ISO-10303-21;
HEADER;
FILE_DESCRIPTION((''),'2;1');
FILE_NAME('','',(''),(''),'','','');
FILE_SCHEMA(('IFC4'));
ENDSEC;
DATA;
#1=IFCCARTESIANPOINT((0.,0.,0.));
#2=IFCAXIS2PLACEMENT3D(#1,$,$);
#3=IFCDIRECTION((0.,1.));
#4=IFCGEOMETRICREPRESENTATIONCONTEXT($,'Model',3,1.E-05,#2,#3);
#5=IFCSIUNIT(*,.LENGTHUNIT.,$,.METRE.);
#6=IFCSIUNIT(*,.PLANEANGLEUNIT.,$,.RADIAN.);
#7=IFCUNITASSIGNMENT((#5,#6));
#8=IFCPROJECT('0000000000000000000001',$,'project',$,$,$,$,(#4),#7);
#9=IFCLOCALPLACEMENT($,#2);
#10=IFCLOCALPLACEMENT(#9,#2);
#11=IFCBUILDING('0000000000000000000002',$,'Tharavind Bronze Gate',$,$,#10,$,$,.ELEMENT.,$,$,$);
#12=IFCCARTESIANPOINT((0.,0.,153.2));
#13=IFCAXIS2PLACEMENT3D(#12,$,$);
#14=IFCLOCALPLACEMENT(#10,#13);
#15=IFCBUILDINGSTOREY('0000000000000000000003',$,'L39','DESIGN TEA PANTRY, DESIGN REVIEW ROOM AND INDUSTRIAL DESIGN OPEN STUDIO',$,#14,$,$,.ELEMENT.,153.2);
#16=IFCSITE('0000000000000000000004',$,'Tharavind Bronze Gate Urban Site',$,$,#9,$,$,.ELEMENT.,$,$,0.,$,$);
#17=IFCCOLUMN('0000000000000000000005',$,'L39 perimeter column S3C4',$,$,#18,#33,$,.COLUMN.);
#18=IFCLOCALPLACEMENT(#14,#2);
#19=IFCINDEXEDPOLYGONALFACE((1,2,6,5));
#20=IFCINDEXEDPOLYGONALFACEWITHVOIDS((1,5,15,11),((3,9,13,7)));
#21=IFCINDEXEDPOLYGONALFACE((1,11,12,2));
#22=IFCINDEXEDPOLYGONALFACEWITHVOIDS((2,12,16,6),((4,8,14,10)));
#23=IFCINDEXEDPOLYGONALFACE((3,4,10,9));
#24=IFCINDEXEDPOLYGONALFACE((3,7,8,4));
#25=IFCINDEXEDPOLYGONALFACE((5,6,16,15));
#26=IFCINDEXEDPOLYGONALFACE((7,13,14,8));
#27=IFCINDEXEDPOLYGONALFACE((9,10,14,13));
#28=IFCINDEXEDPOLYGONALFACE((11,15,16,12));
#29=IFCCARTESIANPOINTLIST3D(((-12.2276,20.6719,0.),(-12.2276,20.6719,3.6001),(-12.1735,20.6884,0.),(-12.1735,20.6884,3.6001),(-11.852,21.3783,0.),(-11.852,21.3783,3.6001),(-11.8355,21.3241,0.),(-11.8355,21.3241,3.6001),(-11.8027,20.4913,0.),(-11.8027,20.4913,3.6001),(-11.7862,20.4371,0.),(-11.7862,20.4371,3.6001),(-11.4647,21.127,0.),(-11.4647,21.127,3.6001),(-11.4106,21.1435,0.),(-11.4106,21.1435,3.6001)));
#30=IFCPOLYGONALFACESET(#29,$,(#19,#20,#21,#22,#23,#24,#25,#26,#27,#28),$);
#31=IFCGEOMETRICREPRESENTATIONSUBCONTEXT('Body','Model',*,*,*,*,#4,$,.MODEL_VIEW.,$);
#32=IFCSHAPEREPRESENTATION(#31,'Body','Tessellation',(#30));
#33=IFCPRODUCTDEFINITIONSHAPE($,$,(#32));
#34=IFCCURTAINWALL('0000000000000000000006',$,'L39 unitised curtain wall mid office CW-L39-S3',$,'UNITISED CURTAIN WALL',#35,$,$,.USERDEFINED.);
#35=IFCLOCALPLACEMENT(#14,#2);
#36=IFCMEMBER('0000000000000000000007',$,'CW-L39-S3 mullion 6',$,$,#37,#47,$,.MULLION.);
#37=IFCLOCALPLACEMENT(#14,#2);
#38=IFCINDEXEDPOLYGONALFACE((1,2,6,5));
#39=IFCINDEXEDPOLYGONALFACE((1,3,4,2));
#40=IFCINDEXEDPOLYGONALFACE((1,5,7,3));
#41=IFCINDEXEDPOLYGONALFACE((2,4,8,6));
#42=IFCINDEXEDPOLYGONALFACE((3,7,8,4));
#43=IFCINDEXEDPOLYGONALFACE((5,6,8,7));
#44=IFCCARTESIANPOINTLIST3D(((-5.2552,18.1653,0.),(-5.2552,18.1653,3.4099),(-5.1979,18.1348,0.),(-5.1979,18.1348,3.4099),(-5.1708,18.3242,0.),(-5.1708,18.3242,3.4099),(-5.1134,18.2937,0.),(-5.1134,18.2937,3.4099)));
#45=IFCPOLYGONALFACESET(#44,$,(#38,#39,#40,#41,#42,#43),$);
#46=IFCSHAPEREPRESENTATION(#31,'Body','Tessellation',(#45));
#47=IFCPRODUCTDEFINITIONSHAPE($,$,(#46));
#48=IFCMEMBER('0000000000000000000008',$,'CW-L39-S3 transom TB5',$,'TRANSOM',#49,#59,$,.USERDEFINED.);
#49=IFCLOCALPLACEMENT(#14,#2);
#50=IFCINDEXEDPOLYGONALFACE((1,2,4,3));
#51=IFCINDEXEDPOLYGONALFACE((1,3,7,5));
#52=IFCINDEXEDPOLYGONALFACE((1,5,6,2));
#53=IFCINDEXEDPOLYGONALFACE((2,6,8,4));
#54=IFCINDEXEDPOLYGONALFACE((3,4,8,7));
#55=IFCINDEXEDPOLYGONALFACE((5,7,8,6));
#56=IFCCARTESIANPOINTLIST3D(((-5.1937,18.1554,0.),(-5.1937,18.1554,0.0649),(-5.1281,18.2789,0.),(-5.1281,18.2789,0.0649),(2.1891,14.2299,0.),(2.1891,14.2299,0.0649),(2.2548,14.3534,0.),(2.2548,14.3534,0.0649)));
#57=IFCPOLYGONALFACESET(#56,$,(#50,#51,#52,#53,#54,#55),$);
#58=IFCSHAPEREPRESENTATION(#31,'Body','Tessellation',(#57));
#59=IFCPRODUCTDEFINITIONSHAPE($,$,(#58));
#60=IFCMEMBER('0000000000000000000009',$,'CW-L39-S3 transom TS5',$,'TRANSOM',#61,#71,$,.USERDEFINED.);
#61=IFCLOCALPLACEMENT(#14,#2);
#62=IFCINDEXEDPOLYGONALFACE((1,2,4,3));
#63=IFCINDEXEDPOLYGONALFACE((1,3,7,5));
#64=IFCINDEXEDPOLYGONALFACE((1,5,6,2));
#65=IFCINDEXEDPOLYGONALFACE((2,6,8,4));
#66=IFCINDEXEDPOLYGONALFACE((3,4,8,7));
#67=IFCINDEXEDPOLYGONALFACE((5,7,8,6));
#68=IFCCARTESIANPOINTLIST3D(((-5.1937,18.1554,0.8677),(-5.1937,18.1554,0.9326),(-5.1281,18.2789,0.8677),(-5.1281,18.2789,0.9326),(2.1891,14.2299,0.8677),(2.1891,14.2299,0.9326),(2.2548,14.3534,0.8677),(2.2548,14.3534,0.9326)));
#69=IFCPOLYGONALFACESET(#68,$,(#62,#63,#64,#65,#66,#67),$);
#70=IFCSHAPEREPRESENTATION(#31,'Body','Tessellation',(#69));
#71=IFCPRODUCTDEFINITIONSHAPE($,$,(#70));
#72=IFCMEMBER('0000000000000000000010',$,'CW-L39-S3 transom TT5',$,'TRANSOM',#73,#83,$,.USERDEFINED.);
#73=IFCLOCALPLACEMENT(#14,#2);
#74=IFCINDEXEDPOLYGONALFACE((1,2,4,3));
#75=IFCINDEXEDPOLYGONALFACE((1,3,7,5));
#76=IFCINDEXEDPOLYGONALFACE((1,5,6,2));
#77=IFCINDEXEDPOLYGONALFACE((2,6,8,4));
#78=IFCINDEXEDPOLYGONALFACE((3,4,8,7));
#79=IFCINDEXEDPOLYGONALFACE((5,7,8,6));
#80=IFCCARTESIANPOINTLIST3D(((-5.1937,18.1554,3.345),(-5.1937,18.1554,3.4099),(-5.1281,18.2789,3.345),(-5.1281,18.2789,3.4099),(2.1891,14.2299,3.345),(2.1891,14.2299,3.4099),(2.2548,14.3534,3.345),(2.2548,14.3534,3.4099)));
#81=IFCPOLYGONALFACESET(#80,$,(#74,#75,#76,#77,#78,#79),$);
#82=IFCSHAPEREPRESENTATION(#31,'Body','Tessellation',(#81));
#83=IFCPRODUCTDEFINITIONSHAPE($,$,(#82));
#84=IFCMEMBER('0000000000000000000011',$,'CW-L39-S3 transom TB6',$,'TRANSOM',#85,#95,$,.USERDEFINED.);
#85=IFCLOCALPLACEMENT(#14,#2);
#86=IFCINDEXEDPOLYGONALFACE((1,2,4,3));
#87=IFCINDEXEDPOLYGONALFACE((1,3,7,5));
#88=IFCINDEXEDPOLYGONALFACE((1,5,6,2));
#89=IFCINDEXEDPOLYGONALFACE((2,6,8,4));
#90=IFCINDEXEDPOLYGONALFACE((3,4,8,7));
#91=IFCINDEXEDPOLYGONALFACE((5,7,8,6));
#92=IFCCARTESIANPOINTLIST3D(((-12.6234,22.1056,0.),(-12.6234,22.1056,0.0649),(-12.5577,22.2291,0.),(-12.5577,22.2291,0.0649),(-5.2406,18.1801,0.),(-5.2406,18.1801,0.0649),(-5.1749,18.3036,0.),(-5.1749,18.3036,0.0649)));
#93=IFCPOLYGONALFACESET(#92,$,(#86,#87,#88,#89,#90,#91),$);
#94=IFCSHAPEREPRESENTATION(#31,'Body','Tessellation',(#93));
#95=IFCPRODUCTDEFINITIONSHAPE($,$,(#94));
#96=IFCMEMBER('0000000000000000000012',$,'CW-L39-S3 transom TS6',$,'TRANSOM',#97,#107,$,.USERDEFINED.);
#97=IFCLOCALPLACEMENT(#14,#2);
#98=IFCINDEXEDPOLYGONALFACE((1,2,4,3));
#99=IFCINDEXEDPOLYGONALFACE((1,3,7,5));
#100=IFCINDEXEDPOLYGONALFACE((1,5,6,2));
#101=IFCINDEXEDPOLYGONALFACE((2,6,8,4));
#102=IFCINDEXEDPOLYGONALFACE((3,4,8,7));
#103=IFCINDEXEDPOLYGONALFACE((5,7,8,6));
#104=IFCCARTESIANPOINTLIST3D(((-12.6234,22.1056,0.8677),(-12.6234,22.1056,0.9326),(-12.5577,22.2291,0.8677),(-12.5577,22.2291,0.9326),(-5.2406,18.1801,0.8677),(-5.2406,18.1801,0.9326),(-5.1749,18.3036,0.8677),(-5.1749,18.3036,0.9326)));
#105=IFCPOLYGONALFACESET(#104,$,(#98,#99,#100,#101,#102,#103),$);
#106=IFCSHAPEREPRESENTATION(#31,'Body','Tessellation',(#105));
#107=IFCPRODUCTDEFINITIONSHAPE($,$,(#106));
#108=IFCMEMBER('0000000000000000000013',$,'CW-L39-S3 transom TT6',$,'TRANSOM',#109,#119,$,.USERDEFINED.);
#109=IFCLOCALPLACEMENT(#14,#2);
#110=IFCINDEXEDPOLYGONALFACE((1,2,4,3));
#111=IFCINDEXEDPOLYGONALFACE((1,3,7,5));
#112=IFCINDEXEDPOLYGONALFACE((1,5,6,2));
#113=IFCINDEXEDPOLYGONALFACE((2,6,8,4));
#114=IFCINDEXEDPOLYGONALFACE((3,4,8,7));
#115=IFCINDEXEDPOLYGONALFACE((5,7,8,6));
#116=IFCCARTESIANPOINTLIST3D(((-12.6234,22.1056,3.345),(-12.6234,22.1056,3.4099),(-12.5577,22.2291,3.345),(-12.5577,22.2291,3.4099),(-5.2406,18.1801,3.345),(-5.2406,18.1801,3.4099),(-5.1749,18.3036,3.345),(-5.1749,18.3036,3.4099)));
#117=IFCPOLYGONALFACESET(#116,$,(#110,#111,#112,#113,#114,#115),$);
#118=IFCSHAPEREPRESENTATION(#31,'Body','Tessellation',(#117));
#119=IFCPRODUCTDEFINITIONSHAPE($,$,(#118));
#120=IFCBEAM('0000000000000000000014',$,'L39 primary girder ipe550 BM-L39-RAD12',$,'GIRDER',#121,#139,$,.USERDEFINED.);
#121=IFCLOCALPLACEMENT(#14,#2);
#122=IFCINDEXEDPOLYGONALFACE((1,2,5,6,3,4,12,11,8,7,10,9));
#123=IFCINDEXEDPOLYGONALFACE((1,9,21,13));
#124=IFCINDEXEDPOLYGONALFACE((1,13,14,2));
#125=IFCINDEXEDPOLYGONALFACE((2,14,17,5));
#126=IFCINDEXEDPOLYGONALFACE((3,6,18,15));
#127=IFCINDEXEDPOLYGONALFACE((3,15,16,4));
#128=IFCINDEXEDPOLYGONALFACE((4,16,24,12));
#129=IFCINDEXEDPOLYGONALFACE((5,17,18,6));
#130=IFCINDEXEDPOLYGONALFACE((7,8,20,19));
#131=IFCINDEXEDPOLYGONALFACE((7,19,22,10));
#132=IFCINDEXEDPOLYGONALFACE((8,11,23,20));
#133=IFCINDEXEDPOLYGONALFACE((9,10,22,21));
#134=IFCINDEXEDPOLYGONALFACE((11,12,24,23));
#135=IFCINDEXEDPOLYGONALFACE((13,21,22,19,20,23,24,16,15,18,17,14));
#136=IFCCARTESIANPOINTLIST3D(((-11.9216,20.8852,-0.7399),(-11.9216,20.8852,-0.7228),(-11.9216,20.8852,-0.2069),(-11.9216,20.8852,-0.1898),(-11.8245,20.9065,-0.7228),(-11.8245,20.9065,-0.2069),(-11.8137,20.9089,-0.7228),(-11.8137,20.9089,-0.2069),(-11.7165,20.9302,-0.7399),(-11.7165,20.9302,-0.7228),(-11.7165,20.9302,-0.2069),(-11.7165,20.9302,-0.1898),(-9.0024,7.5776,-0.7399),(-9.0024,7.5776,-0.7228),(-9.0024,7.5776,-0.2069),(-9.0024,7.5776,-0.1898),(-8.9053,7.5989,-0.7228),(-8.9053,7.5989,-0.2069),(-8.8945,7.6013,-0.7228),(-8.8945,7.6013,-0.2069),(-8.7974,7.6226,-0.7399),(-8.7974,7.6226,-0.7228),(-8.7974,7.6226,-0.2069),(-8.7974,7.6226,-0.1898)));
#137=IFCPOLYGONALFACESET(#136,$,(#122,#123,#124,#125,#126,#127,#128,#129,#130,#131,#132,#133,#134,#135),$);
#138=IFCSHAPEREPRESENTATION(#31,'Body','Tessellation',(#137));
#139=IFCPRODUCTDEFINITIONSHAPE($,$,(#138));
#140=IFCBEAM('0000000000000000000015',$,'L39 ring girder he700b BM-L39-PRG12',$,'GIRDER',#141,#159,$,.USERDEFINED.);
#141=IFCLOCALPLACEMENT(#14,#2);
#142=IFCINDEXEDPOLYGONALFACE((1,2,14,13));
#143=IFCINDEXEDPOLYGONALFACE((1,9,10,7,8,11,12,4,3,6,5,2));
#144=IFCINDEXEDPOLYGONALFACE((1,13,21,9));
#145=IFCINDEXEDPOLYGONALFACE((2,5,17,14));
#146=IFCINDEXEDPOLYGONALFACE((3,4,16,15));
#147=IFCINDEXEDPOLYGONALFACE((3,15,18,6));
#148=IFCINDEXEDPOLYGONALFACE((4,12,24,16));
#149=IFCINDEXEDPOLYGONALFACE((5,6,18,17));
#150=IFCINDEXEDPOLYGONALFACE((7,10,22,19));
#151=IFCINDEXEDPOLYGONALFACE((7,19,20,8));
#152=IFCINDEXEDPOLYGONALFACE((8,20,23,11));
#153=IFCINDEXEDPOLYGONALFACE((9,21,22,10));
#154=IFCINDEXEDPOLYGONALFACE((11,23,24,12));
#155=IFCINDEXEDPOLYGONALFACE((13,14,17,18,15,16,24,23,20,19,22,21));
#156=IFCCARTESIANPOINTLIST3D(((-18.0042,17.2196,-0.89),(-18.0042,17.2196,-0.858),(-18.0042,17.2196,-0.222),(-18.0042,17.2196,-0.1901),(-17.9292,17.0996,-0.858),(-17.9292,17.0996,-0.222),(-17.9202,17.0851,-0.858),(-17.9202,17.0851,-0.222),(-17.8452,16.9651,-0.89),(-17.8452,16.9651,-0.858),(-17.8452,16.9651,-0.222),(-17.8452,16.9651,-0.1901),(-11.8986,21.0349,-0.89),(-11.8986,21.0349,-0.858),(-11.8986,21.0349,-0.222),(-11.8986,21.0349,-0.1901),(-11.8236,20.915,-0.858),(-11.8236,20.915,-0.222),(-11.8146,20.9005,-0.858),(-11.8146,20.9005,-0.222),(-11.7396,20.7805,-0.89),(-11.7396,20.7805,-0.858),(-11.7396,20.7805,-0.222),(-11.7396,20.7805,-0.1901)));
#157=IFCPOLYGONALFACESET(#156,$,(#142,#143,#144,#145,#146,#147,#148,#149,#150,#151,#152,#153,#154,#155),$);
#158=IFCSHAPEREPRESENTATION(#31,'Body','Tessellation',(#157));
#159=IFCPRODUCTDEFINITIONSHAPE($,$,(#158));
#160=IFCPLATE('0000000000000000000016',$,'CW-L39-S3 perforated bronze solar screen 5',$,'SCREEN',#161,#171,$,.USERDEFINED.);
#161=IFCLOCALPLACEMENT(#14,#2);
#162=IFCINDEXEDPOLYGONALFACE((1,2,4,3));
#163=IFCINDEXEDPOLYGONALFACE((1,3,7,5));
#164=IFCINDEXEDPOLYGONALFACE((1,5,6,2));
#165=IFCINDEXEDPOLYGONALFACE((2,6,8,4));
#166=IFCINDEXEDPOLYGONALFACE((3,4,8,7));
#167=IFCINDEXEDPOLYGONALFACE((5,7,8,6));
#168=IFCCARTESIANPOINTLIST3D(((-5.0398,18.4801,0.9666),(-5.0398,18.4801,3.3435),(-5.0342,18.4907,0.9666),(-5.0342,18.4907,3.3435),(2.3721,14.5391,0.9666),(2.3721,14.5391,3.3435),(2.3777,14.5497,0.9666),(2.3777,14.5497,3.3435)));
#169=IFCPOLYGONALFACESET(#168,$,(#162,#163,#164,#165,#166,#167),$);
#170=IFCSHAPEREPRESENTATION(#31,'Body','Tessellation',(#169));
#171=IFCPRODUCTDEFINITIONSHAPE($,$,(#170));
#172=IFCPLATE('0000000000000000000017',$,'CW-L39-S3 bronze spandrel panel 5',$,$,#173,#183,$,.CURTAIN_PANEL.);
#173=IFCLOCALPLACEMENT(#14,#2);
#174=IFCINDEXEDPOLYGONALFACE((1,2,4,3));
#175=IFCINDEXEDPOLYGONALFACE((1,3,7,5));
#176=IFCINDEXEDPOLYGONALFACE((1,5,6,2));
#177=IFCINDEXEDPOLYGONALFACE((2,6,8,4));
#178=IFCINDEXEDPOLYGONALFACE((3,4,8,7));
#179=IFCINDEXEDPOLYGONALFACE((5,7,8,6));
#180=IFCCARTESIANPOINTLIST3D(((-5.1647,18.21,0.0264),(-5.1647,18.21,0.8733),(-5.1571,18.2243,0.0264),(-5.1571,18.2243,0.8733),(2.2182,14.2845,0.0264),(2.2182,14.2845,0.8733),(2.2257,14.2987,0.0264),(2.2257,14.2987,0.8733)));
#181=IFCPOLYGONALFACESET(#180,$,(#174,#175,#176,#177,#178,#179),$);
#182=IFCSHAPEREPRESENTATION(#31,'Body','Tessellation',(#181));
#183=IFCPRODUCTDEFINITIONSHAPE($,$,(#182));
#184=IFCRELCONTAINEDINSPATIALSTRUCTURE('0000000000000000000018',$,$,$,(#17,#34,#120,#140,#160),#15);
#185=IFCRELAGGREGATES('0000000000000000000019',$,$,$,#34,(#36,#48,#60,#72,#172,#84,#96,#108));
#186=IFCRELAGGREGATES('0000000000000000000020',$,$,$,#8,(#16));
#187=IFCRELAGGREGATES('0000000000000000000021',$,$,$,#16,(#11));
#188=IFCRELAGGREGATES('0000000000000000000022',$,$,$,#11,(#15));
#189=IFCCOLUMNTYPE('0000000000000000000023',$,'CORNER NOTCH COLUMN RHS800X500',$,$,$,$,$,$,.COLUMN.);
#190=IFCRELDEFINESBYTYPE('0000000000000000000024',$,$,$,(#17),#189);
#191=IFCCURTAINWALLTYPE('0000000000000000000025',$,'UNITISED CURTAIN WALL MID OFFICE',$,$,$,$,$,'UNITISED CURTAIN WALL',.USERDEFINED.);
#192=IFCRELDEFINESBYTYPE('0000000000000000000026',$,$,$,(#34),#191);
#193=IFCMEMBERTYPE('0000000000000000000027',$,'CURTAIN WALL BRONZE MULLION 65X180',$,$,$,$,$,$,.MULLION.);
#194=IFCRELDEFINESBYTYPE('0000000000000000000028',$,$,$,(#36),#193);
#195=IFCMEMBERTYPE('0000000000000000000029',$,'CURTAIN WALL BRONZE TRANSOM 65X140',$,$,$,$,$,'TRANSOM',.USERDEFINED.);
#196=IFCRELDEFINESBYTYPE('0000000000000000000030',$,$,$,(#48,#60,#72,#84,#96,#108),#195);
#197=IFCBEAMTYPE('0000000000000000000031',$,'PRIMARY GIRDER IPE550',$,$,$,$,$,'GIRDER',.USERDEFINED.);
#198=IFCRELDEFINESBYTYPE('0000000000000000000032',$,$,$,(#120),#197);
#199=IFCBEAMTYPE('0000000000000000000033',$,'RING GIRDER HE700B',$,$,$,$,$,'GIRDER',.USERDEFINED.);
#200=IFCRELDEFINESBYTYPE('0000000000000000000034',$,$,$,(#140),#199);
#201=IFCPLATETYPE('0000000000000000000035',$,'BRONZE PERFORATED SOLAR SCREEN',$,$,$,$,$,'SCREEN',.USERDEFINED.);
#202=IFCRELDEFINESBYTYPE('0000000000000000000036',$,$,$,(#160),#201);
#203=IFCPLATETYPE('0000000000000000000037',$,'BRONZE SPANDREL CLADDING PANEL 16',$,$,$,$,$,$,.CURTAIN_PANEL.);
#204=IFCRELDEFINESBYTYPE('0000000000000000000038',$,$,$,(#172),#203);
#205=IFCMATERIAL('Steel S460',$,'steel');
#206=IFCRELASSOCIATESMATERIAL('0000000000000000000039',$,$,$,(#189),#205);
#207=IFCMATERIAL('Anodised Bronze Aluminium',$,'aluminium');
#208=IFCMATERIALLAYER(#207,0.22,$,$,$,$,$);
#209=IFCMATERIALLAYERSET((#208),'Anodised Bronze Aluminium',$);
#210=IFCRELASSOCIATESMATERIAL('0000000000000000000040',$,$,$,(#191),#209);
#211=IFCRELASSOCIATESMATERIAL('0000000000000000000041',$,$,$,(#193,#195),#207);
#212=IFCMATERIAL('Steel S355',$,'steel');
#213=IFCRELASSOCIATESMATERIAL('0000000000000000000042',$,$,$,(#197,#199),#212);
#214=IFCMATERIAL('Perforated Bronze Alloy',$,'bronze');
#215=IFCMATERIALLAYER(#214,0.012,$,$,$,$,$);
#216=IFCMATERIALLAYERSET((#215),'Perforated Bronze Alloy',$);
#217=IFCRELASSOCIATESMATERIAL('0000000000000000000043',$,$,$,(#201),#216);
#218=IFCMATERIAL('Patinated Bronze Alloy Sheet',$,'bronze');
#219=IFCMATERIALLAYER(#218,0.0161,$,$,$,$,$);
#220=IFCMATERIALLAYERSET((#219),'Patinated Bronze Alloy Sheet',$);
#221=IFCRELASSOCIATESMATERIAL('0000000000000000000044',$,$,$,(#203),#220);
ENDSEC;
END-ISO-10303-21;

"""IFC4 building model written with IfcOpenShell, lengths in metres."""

from ifc_helpers import new_model, si_unit, direction, frame, origin, origin_2d, place, context, subcontext, project, spatial, rectangle, hollow_rectangle, i_section, extrude, material, layer, layer_set, material_profile, profile_set, type_object, element, aggregate, save


model = new_model("IFC4")

# Units and contexts
model_context = context("Model", 3, precision=1e-05, world=origin(), true_north=direction((0.0, 1.0)))
body_context = subcontext(model_context, "Body", "Model", "MODEL_VIEW")
ifc_project = project(units=[si_unit("LENGTHUNIT", "METRE"), si_unit("PLANEANGLEUNIT", "RADIAN")], contexts=[model_context])

# Site, building, storey
site_placement = place(None, origin())
site = spatial("IfcSite", under=ifc_project, at=site_placement, Name="Tharavind Bronze Gate Urban Site", CompositionType="ELEMENT", RefElevation=0.0)
building_placement = place(site_placement, origin())
building = spatial("IfcBuilding", under=site, at=building_placement, Name="Tharavind Bronze Gate", CompositionType="ELEMENT")
storey_placement = place(building_placement, frame((0.0, 0.0, 153.2)))
storey = spatial("IfcBuildingStorey", under=building, at=storey_placement, Name="L39", Description="DESIGN TEA PANTRY, DESIGN REVIEW ROOM AND INDUSTRIAL DESIGN OPEN STUDIO", CompositionType="ELEMENT", Elevation=153.2)

# Column
ifc_material_1 = material(Name="Steel S460", Category="steel")
ifc_material_profile_1 = material_profile(ifc_material_1, hollow_rectangle(XDim=0.5, YDim=0.8, WallThickness=0.04, at=origin_2d()), Name="RHS800X500X40")
ifc_profile_set_1 = profile_set([ifc_material_profile_1], Name="Steel S460")
column_type = type_object("IfcColumnType", Name="CORNER NOTCH COLUMN RHS800X500", PredefinedType="COLUMN", material=ifc_profile_set_1)
column_placement = place(storey_placement, frame((-11.8191, 20.9077, 0.0), z_axis=(0.0, 0.0, 1.0), x_axis=(-0.882948, 0.46947, 0.0)))
element("IfcColumn", 1, at=column_placement, inside=storey, type_object=column_type, Name="L39 perimeter column S3C4", PredefinedType="COLUMN", context=body_context, shape_type="SweptSolid", body=[
    extrude(hollow_rectangle(XDim=0.5, YDim=0.8, WallThickness=0.04, at=origin_2d()), origin(), (0.0, 0.0, 1.0), 3.6001),
])

# Curtain wall, members
ifc_material_2 = material(Name="Anodised Bronze Aluminium", Category="aluminium")
ifc_layer_1 = layer(ifc_material_2, 0.22)
ifc_layer_set_1 = layer_set([ifc_layer_1], Name="Anodised Bronze Aluminium")
curtain_wall_type = type_object("IfcCurtainWallType", Name="UNITISED CURTAIN WALL MID OFFICE", ElementType="UNITISED CURTAIN WALL", PredefinedType="USERDEFINED", material=ifc_layer_set_1)
curtain_wall_placement = place(storey_placement, origin())
curtain_wall = element("IfcCurtainWall", 2, at=curtain_wall_placement, inside=storey, type_object=curtain_wall_type, Name="L39 unitised curtain wall mid office CW-L39-S3", ObjectType="UNITISED CURTAIN WALL", PredefinedType="USERDEFINED")
member_type_1 = type_object("IfcMemberType", Name="CURTAIN WALL BRONZE MULLION 65X180", PredefinedType="MULLION", material=ifc_material_2)
member_1_placement = place(storey_placement, frame((-5.1843, 18.2295, 0.0), z_axis=(0.0, 0.0, 1.0), x_axis=(-0.882948, 0.469472, 0.0)))
member_1 = element("IfcMember", 3, at=member_1_placement, type_object=member_type_1, Name="CW-L39-S3 mullion 6", PredefinedType="MULLION", context=body_context, shape_type="SweptSolid", body=[
    extrude(rectangle(XDim=0.0649, YDim=0.1799, at=origin_2d()), origin(), (0.0, 0.0, 1.0), 3.4099),
])
member_type_2 = type_object("IfcMemberType", Name="CURTAIN WALL BRONZE TRANSOM 65X140", ElementType="TRANSOM", PredefinedType="USERDEFINED", material=ifc_material_2)
member_2_placement = place(storey_placement, frame((-1.4695, 16.2544, 0.0), z_axis=(0.0, 0.0, 1.0), x_axis=(-0.882948, 0.469472, 0.0)))
member_2 = element("IfcMember", 4, at=member_2_placement, type_object=member_type_2, Name="CW-L39-S3 transom TB5", ObjectType="TRANSOM", PredefinedType="USERDEFINED", context=body_context, shape_type="SweptSolid", body=[
    extrude(rectangle(XDim=8.3616, YDim=0.1399, at=origin_2d()), origin(), (0.0, 0.0, 1.0), 0.0649),
])
member_3_placement = place(storey_placement, frame((-1.4695, 16.2544, 0.8677), z_axis=(0.0, 0.0, 1.0), x_axis=(-0.882948, 0.469472, 0.0)))
member_3 = element("IfcMember", 5, at=member_3_placement, type_object=member_type_2, Name="CW-L39-S3 transom TS5", ObjectType="TRANSOM", PredefinedType="USERDEFINED", context=body_context, shape_type="SweptSolid", body=[
    extrude(rectangle(XDim=8.3616, YDim=0.1399, at=origin_2d()), origin(), (0.0, 0.0, 1.0), 0.0649),
])
member_4_placement = place(storey_placement, frame((-1.4695, 16.2544, 3.345), z_axis=(0.0, 0.0, 1.0), x_axis=(-0.882948, 0.469472, 0.0)))
member_4 = element("IfcMember", 6, at=member_4_placement, type_object=member_type_2, Name="CW-L39-S3 transom TT5", ObjectType="TRANSOM", PredefinedType="USERDEFINED", context=body_context, shape_type="SweptSolid", body=[
    extrude(rectangle(XDim=8.3616, YDim=0.1399, at=origin_2d()), origin(), (0.0, 0.0, 1.0), 0.0649),
])
member_5_placement = place(storey_placement, frame((-8.8992, 20.2046, 0.0), z_axis=(0.0, 0.0, 1.0), x_axis=(-0.882948, 0.469472, 0.0)))
member_5 = element("IfcMember", 7, at=member_5_placement, type_object=member_type_2, Name="CW-L39-S3 transom TB6", ObjectType="TRANSOM", PredefinedType="USERDEFINED", context=body_context, shape_type="SweptSolid", body=[
    extrude(rectangle(XDim=8.3616, YDim=0.1399, at=origin_2d()), origin(), (0.0, 0.0, 1.0), 0.0649),
])
member_6_placement = place(storey_placement, frame((-8.8992, 20.2046, 0.8677), z_axis=(0.0, 0.0, 1.0), x_axis=(-0.882948, 0.469472, 0.0)))
member_6 = element("IfcMember", 8, at=member_6_placement, type_object=member_type_2, Name="CW-L39-S3 transom TS6", ObjectType="TRANSOM", PredefinedType="USERDEFINED", context=body_context, shape_type="SweptSolid", body=[
    extrude(rectangle(XDim=8.3616, YDim=0.1399, at=origin_2d()), origin(), (0.0, 0.0, 1.0), 0.0649),
])
member_7_placement = place(storey_placement, frame((-8.8992, 20.2046, 3.345), z_axis=(0.0, 0.0, 1.0), x_axis=(-0.882948, 0.469472, 0.0)))
member_7 = element("IfcMember", 9, at=member_7_placement, type_object=member_type_2, Name="CW-L39-S3 transom TT6", ObjectType="TRANSOM", PredefinedType="USERDEFINED", context=body_context, shape_type="SweptSolid", body=[
    extrude(rectangle(XDim=8.3616, YDim=0.1399, at=origin_2d()), origin(), (0.0, 0.0, 1.0), 0.0649),
])

# Beams
ifc_material_3 = material(Name="Steel S355", Category="steel")
ifc_material_profile_2 = material_profile(ifc_material_3, i_section(OverallWidth=0.21, OverallDepth=0.55, WebThickness=0.011, FlangeThickness=0.0171, at=origin_2d()), Name="IPE550")
ifc_profile_set_2 = profile_set([ifc_material_profile_2], Name="Steel S355")
beam_type_1 = type_object("IfcBeamType", Name="PRIMARY GIRDER IPE550", ElementType="GIRDER", PredefinedType="USERDEFINED", material=ifc_profile_set_2)
beam_1_placement = place(storey_placement, frame((-11.8191, 20.9077, -0.4648), z_axis=(0.214268, -0.976775, 0.0), x_axis=(0.976775, 0.214268, 0.0)))
element("IfcBeam", 10, at=beam_1_placement, inside=storey, type_object=beam_type_1, Name="L39 primary girder ipe550 BM-L39-RAD12", ObjectType="GIRDER", PredefinedType="USERDEFINED", context=body_context, shape_type="SweptSolid", body=[
    extrude(i_section(OverallWidth=0.21, OverallDepth=0.55, WebThickness=0.011, FlangeThickness=0.0171, at=origin_2d()), origin(), (0.0, 0.0, 1.0), 13.624),
])
ifc_material_profile_3 = material_profile(ifc_material_3, i_section(OverallWidth=0.3, OverallDepth=0.7, WebThickness=0.0171, FlangeThickness=0.032, at=origin_2d()), Name="HE700B")
ifc_profile_set_3 = profile_set([ifc_material_profile_3], Name="Steel S355")
beam_type_2 = type_object("IfcBeamType", Name="RING GIRDER HE700B", ElementType="GIRDER", PredefinedType="USERDEFINED", material=ifc_profile_set_3)
beam_2_placement = place(storey_placement, frame((-11.8191, 20.9077, -0.54), z_axis=(-0.848038, -0.529935, 0.0), x_axis=(0.529935, -0.848038, 0.0)))
element("IfcBeam", 11, at=beam_2_placement, inside=storey, type_object=beam_type_2, Name="L39 ring girder he700b BM-L39-PRG12", ObjectType="GIRDER", PredefinedType="USERDEFINED", context=body_context, shape_type="SweptSolid", body=[
    extrude(i_section(OverallWidth=0.3, OverallDepth=0.7, WebThickness=0.0171, FlangeThickness=0.032, at=origin_2d()), origin(), (0.0, 0.0, 1.0), 7.1997),
])

# Plates
ifc_material_4 = material(Name="Perforated Bronze Alloy", Category="bronze")
ifc_layer_2 = layer(ifc_material_4, 0.012)
ifc_layer_set_2 = layer_set([ifc_layer_2], Name="Perforated Bronze Alloy")
plate_type_1 = type_object("IfcPlateType", Name="BRONZE PERFORATED SOLAR SCREEN", ElementType="SCREEN", PredefinedType="USERDEFINED", material=ifc_layer_set_2)
plate_1_placement = place(storey_placement, frame((-1.3311, 16.5149, 0.9666), z_axis=(0.0, 0.0, 1.0), x_axis=(-0.882948, 0.469472, 0.0)))
element("IfcPlate", 12, at=plate_1_placement, inside=storey, type_object=plate_type_1, Name="CW-L39-S3 perforated bronze solar screen 5", ObjectType="SCREEN", PredefinedType="USERDEFINED", context=body_context, shape_type="SweptSolid", body=[
    extrude(rectangle(XDim=8.3945, YDim=0.012, at=origin_2d()), origin(), (0.0, 0.0, 1.0), 2.377),
])
ifc_material_5 = material(Name="Patinated Bronze Alloy Sheet", Category="bronze")
ifc_layer_3 = layer(ifc_material_5, 0.0161)
ifc_layer_set_3 = layer_set([ifc_layer_3], Name="Patinated Bronze Alloy Sheet")
plate_type_2 = type_object("IfcPlateType", Name="BRONZE SPANDREL CLADDING PANEL 16", PredefinedType="CURTAIN_PANEL", material=ifc_layer_set_3)
plate_2_placement = place(storey_placement, frame((-1.4695, 16.2544, 0.0264), z_axis=(0.0, 0.0, 1.0), x_axis=(-0.882948, 0.469472, 0.0)))
plate_2 = element("IfcPlate", 13, at=plate_2_placement, type_object=plate_type_2, Name="CW-L39-S3 bronze spandrel panel 5", PredefinedType="CURTAIN_PANEL", context=body_context, shape_type="SweptSolid", body=[
    extrude(rectangle(XDim=8.3616, YDim=0.0161, at=origin_2d()), origin(), (0.0, 0.0, 1.0), 0.8469),
])
aggregate(curtain_wall, [member_1, member_2, member_3, member_4, plate_2, member_5, member_6, member_7])

save(model, "model.ifc")
